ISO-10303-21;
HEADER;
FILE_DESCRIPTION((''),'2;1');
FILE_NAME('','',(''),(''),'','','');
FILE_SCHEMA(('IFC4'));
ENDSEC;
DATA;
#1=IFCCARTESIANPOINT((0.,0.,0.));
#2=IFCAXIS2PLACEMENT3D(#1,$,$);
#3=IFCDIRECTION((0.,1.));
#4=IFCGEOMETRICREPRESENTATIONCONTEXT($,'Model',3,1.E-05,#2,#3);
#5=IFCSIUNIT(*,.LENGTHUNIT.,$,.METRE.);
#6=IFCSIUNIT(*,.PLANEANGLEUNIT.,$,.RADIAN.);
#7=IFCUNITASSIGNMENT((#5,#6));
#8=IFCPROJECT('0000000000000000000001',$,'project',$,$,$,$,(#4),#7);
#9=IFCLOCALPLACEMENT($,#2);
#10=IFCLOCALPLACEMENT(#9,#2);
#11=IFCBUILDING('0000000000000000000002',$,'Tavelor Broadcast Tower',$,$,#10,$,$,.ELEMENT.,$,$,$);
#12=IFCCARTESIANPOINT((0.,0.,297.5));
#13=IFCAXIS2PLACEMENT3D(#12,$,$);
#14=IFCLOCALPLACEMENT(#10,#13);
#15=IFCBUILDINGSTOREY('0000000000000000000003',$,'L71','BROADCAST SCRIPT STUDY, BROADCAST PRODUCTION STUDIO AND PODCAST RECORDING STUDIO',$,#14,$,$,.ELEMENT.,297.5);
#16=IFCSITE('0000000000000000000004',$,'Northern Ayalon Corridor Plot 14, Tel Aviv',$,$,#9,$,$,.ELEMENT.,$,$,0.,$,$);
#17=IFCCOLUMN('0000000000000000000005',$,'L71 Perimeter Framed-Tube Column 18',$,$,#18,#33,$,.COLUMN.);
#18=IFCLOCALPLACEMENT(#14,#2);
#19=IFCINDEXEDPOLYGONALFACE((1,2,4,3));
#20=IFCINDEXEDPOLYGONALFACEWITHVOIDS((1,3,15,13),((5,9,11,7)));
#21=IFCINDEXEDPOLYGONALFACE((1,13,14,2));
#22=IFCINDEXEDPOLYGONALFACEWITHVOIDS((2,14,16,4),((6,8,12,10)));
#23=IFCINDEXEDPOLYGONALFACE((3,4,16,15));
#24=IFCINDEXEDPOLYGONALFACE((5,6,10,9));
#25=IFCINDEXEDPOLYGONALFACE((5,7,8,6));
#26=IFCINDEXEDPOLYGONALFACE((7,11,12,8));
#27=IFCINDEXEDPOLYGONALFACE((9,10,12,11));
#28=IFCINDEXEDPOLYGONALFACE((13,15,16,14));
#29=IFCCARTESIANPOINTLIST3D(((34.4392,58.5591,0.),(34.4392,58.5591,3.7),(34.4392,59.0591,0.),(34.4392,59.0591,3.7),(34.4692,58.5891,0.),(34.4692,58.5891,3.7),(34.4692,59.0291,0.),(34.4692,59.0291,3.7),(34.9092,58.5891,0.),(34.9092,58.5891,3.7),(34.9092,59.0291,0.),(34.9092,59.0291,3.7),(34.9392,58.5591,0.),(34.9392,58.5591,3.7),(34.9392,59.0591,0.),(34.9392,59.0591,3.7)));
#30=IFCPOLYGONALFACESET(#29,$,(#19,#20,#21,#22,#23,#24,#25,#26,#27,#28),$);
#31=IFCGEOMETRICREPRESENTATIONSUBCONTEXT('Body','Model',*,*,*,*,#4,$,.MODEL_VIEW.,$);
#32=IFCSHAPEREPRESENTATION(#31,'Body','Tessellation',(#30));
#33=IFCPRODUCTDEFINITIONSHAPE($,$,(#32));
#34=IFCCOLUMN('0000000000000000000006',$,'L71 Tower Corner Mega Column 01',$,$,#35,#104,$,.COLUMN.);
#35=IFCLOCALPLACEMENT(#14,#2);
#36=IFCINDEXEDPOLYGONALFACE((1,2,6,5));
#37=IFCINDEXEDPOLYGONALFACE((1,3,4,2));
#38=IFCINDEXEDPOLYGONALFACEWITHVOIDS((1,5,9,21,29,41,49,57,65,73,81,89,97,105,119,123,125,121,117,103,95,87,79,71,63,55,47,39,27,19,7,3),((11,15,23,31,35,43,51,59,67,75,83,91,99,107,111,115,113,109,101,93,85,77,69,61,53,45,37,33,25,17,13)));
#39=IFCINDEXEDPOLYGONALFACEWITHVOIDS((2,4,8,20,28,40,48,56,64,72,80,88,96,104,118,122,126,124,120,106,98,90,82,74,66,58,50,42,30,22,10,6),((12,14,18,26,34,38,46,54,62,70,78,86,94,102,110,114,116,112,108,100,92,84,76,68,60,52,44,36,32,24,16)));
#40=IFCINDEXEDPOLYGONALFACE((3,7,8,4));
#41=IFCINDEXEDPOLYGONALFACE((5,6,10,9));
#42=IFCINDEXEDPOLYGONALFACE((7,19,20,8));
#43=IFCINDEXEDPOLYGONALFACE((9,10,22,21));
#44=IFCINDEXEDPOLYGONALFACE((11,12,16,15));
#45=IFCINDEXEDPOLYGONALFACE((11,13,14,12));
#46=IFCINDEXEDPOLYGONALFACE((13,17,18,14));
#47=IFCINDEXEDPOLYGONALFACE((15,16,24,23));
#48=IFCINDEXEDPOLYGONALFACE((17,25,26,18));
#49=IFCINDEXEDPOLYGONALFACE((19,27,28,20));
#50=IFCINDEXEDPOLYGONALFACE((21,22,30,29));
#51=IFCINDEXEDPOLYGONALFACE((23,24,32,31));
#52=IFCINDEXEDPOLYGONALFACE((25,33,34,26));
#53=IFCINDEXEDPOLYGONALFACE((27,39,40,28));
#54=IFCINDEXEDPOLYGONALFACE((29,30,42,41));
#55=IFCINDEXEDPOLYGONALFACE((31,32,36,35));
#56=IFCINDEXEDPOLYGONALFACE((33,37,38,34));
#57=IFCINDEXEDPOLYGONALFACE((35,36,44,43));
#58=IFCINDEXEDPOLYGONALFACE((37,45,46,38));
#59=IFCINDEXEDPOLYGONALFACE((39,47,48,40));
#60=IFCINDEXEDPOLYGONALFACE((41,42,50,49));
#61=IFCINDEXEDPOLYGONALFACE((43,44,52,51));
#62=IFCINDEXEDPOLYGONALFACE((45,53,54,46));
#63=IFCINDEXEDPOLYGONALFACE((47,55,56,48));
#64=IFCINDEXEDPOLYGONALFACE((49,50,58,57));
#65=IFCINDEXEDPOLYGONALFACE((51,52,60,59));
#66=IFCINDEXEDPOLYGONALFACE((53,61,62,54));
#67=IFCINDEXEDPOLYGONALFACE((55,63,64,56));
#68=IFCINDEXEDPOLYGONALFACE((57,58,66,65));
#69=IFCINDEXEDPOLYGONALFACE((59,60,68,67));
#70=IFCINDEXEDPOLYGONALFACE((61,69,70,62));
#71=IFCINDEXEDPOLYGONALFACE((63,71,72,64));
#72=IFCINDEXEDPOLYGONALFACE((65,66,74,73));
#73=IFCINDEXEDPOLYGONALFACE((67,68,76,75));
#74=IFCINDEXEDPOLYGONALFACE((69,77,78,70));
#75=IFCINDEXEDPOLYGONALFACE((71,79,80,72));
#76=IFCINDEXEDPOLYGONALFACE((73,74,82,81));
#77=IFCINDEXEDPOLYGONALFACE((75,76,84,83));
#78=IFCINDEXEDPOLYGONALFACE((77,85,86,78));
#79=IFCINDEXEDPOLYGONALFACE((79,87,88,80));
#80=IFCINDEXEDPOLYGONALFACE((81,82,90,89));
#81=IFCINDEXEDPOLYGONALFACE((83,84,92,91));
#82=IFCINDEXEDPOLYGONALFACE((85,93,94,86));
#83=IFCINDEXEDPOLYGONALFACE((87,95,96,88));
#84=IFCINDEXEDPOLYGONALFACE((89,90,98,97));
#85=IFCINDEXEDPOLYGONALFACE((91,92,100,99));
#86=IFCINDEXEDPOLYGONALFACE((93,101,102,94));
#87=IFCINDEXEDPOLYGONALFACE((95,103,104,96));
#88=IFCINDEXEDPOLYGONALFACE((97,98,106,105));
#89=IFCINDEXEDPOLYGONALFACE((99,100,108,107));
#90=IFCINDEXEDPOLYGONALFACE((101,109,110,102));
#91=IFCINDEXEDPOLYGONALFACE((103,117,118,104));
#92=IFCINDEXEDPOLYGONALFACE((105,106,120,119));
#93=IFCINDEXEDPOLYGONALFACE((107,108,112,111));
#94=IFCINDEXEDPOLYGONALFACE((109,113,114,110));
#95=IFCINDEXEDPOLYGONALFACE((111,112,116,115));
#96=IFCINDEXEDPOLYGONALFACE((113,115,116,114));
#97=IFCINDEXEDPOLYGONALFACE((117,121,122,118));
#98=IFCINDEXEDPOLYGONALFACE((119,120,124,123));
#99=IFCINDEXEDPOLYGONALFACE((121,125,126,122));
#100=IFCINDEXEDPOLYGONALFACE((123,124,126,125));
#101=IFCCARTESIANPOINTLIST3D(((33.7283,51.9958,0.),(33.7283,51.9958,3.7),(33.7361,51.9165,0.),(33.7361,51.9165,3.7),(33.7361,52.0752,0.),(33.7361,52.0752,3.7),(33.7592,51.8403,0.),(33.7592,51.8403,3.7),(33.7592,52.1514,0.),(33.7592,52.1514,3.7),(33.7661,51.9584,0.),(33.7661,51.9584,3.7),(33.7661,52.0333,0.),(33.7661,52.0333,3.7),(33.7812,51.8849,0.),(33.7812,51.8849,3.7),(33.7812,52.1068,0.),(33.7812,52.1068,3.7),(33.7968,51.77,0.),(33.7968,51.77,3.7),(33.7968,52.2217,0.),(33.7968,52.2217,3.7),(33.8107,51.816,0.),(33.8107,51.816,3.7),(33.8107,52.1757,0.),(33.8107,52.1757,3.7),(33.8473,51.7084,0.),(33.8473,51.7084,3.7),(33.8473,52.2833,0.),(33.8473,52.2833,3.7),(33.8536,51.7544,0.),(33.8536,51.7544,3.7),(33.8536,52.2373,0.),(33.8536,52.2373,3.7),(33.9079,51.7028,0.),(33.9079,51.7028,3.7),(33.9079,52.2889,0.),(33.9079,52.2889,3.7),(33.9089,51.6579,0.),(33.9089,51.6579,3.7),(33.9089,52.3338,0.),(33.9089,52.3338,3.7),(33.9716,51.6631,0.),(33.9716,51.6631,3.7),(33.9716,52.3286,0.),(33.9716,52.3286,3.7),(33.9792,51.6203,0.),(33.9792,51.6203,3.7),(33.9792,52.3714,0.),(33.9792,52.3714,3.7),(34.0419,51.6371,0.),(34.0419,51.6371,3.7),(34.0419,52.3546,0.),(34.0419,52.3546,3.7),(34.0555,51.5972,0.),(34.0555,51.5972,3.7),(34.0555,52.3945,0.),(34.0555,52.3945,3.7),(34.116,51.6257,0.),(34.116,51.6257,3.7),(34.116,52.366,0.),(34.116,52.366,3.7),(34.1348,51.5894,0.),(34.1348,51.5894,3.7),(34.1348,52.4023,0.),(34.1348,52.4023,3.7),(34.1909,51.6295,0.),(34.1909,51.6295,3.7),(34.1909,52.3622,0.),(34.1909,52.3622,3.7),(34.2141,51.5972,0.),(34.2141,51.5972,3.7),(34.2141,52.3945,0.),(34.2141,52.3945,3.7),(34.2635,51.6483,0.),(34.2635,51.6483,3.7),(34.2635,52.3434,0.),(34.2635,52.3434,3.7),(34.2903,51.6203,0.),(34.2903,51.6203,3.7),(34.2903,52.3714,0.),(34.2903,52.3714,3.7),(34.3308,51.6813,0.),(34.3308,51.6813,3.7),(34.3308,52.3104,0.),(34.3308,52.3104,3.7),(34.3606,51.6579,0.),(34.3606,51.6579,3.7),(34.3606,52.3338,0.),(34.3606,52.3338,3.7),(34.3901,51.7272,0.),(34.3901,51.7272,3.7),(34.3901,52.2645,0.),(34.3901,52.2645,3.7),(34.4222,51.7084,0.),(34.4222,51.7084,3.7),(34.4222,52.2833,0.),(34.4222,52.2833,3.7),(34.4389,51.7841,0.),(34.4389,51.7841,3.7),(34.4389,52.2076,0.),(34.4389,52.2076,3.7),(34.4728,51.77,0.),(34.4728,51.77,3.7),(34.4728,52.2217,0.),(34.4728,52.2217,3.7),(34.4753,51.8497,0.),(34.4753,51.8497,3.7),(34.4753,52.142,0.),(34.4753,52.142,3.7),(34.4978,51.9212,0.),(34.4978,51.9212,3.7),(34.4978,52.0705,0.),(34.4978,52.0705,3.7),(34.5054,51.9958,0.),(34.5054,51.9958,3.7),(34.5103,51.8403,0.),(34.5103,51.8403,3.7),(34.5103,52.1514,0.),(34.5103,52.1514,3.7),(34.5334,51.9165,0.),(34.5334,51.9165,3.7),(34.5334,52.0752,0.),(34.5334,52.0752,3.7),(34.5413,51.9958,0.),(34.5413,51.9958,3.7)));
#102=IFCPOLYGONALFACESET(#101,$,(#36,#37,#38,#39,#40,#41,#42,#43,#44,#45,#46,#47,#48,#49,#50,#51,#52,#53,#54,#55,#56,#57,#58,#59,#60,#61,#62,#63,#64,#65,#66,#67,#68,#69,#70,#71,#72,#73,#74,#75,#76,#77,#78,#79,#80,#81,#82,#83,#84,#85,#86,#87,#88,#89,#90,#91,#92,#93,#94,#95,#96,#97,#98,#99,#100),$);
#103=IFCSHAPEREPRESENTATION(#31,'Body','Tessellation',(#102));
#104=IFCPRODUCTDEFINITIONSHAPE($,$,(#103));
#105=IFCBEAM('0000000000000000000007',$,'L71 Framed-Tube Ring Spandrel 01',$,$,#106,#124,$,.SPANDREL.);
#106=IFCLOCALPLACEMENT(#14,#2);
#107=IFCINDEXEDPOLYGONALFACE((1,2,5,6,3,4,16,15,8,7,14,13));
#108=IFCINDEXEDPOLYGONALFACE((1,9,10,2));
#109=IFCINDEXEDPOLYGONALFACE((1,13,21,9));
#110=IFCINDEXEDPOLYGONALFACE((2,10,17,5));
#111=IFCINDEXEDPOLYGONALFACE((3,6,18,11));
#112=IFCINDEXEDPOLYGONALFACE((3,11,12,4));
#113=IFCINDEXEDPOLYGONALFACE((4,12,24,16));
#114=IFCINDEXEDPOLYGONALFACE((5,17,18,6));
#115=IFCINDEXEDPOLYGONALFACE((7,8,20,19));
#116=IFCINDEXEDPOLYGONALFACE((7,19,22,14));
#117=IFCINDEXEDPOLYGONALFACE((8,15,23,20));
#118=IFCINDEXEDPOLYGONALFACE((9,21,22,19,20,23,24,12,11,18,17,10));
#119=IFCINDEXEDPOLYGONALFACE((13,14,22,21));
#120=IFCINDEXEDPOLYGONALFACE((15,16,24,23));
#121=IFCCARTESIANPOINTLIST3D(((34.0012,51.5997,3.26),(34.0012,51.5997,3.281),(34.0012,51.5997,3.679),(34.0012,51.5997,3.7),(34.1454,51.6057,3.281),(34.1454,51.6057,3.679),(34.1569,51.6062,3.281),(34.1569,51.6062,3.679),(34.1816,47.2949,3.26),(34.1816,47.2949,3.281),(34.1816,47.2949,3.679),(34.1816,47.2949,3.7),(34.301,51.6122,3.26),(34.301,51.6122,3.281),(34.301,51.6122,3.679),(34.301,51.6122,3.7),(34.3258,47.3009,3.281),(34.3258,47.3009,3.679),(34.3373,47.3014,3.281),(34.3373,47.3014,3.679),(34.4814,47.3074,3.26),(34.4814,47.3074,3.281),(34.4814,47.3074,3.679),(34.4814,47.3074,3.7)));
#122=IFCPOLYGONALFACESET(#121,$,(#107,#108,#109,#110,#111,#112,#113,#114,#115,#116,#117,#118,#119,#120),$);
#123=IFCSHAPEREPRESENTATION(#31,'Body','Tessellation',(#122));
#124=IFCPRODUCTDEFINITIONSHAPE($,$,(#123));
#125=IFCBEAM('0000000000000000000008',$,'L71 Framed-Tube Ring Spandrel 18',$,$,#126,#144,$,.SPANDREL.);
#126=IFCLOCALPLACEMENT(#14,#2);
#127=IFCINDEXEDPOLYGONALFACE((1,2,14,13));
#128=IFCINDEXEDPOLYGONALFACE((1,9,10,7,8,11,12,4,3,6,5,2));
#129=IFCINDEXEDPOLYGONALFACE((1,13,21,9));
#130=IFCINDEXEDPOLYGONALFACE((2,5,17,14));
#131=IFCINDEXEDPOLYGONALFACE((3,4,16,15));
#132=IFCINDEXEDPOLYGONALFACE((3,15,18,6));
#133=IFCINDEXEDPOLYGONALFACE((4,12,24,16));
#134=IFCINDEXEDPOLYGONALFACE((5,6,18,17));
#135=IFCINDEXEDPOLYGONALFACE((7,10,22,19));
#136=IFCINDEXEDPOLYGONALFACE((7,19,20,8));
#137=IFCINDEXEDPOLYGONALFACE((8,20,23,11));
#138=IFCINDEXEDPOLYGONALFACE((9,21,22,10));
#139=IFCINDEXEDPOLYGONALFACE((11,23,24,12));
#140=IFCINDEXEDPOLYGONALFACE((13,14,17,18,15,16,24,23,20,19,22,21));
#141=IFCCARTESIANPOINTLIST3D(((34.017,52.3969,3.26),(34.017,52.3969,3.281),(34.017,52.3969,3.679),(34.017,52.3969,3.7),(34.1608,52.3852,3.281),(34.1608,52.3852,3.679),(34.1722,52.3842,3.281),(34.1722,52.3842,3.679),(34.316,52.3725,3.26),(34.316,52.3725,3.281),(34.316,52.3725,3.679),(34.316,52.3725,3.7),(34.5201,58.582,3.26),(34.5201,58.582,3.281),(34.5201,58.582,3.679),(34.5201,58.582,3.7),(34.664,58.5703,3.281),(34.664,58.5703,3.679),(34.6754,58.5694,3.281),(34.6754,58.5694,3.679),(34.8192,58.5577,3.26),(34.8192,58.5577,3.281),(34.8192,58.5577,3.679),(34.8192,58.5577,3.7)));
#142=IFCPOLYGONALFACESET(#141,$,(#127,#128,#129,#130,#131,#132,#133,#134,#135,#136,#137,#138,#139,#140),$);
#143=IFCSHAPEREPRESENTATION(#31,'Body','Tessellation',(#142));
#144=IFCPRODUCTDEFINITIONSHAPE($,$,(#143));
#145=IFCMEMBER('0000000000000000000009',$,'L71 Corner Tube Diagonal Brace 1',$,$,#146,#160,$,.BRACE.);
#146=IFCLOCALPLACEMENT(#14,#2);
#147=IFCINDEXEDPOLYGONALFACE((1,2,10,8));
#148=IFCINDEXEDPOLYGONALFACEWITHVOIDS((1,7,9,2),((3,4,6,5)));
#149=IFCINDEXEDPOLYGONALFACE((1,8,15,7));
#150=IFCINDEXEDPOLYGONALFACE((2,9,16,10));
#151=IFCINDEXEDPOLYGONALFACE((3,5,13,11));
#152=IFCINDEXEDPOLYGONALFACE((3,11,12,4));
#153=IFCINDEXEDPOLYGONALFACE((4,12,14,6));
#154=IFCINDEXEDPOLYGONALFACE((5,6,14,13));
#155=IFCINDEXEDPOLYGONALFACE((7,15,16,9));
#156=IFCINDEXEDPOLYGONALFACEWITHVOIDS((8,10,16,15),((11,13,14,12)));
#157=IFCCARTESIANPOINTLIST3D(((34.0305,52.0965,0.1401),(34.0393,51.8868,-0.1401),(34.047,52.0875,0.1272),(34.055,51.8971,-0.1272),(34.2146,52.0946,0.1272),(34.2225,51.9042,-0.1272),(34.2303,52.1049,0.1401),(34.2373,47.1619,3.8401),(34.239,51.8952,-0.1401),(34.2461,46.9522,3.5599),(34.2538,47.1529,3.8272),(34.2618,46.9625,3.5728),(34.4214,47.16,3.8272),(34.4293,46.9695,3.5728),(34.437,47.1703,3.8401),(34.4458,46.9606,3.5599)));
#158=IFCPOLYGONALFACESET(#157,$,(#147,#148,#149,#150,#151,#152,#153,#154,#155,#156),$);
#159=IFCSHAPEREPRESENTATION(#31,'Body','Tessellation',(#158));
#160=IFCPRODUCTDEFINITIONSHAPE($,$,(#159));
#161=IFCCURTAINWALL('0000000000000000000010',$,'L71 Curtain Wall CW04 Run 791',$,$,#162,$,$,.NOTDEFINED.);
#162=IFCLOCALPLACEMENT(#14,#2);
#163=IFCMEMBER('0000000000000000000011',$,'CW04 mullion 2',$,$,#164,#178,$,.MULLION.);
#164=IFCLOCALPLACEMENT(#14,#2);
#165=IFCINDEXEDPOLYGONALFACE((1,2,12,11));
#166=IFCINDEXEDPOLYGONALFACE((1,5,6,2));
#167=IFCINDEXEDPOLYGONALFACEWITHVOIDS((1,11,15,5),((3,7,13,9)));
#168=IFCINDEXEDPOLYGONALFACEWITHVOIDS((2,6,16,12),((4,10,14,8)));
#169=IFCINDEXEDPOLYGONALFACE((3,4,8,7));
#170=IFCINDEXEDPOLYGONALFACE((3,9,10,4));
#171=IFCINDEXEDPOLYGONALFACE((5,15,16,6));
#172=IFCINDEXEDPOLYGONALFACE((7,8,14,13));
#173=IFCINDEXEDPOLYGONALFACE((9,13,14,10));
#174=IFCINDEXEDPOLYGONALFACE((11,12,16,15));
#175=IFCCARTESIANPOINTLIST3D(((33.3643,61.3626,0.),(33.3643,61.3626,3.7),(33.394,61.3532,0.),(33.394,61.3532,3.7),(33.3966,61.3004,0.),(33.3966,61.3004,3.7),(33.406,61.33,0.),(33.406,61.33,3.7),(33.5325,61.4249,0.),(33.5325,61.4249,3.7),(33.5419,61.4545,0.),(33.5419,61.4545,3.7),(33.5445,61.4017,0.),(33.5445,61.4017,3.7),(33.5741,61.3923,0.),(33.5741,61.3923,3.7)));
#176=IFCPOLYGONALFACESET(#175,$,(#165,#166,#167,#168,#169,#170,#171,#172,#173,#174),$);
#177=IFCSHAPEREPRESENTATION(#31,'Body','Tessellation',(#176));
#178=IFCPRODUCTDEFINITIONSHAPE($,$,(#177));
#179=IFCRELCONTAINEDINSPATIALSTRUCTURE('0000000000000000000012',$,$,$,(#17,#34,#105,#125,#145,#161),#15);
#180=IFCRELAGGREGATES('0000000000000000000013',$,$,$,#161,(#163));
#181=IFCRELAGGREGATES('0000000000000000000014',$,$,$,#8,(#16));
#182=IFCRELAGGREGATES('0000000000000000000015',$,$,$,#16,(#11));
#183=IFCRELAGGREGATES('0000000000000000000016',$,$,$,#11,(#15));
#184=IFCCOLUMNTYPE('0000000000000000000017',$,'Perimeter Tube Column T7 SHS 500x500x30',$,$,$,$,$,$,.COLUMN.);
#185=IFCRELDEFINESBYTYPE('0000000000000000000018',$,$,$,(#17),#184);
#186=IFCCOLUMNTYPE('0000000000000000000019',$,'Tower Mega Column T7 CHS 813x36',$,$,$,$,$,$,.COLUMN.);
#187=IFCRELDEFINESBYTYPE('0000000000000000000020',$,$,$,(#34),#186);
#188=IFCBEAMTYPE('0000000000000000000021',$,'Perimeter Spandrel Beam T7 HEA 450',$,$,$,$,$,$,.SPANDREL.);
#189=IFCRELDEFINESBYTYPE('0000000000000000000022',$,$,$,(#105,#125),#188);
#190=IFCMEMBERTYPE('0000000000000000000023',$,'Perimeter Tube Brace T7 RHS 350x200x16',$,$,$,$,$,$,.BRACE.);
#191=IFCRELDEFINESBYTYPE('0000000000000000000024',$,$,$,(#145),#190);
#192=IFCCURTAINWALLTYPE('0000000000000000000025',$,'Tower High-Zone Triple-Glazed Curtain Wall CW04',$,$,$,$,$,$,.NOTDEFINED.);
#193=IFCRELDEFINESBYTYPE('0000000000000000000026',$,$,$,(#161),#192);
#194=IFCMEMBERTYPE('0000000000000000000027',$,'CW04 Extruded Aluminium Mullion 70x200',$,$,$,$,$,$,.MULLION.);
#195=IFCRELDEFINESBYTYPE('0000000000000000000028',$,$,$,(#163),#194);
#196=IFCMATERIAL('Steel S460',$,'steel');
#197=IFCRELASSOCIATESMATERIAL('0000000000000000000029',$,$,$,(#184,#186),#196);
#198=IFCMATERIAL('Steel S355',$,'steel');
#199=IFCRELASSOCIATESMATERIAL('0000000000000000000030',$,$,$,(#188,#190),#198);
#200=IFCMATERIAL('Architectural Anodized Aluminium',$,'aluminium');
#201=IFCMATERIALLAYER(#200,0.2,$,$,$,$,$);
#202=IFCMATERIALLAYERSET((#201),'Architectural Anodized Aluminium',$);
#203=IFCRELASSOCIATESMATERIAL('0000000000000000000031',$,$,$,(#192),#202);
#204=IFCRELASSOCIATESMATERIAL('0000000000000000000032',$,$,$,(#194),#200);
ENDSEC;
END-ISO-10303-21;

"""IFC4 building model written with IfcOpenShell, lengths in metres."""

from ifc_helpers import new_model, si_unit, direction, frame, origin, origin_2d, place, context, subcontext, project, spatial, hollow_rectangle, hollow_circle, i_section, extrude, source, transform, mapped, material, layer, layer_set, material_profile, profile_set, type_object, type_shapes, element, aggregate, save


model = new_model("IFC4")

# Units and contexts
model_context = context("Model", 3, precision=1e-05, world=origin(), true_north=direction((0.0, 1.0)))
body_context = subcontext(model_context, "Body", "Model", "MODEL_VIEW")
ifc_project = project(units=[si_unit("LENGTHUNIT", "METRE"), si_unit("PLANEANGLEUNIT", "RADIAN")], contexts=[model_context])

# Site, building, storey
site_placement = place(None, origin())
site = spatial("IfcSite", under=ifc_project, at=site_placement, Name="Northern Ayalon Corridor Plot 14, Tel Aviv", CompositionType="ELEMENT", RefElevation=0.0)
building_placement = place(site_placement, origin())
building = spatial("IfcBuilding", under=site, at=building_placement, Name="Tavelor Broadcast Tower", CompositionType="ELEMENT")
storey_placement = place(building_placement, frame((0.0, 0.0, 297.5)))
storey = spatial("IfcBuildingStorey", under=building, at=storey_placement, Name="L71", Description="BROADCAST SCRIPT STUDY, BROADCAST PRODUCTION STUDIO AND PODCAST RECORDING STUDIO", CompositionType="ELEMENT", Elevation=297.5)

# Columns
ifc_material_1 = material(Name="Steel S460", Category="steel")
ifc_material_profile_1 = material_profile(ifc_material_1, hollow_rectangle(XDim=0.5, YDim=0.5, WallThickness=0.03, at=origin_2d()), Name="SHS 500x500x30")
ifc_profile_set_1 = profile_set([ifc_material_profile_1], Name="Steel S460")
column_type_1 = type_object("IfcColumnType", Name="Perimeter Tube Column T7 SHS 500x500x30", PredefinedType="COLUMN", material=ifc_profile_set_1)
column_1_placement = place(storey_placement, frame((34.6892, 58.8091, 0.0), z_axis=(0.0, 0.0, 1.0), x_axis=(1.0, 0.0, 0.0)))
element("IfcColumn", 1, at=column_1_placement, inside=storey, type_object=column_type_1, Name="L71 Perimeter Framed-Tube Column 18", PredefinedType="COLUMN", context=body_context, shape_type="SweptSolid", body=[
    extrude(hollow_rectangle(XDim=0.5, YDim=0.5, WallThickness=0.03, at=origin_2d()), origin(), (0.0, 0.0, 1.0), 3.7),
])
ifc_material_profile_2 = material_profile(ifc_material_1, hollow_circle(Radius=0.4065, WallThickness=0.0359, at=origin_2d()), Name="CHS 813x36")
ifc_profile_set_2 = profile_set([ifc_material_profile_2], Name="Steel S460")
column_type_2 = type_object("IfcColumnType", Name="Tower Mega Column T7 CHS 813x36", PredefinedType="COLUMN", material=ifc_profile_set_2)
column_2_placement = place(storey_placement, frame((34.1348, 51.9958, 0.0), z_axis=(0.0, 0.0, 1.0), x_axis=(1.0, 0.0, 0.0)))
element("IfcColumn", 2, at=column_2_placement, inside=storey, type_object=column_type_2, Name="L71 Tower Corner Mega Column 01", PredefinedType="COLUMN", context=body_context, shape_type="SweptSolid", body=[
    extrude(hollow_circle(Radius=0.4065, WallThickness=0.0359, at=origin_2d()), origin(), (0.0, 0.0, 1.0), 3.7),
])

# Beams
ifc_material_2 = material(Name="Steel S355", Category="steel")
ifc_material_profile_3 = material_profile(ifc_material_2, i_section(OverallWidth=0.3, OverallDepth=0.4399, WebThickness=0.0115, FlangeThickness=0.021, at=origin_2d()), Name="HEA 450")
ifc_profile_set_3 = profile_set([ifc_material_profile_3], Name="Steel S355")
beam_type = type_object("IfcBeamType", Name="Perimeter Spandrel Beam T7 HEA 450", PredefinedType="SPANDREL", material=ifc_profile_set_3)
beam_1_placement = place(storey_placement, frame((34.1511, 51.606, 3.48), z_axis=(0.041873, -0.999123, 0.0), x_axis=(0.999123, 0.041873, 0.0)))
element("IfcBeam", 3, at=beam_1_placement, inside=storey, type_object=beam_type, Name="L71 Framed-Tube Ring Spandrel 01", PredefinedType="SPANDREL", context=body_context, shape_type="SweptSolid", body=[
    extrude(i_section(OverallWidth=0.3, OverallDepth=0.4399, WebThickness=0.0115, FlangeThickness=0.021, at=origin_2d()), origin(), (0.0, 0.0, 1.0), 4.3086),
])
beam_2_placement = place(storey_placement, frame((34.6697, 58.5698, 3.48), z_axis=(-0.081085, -0.996707, 0.0), x_axis=(0.996707, -0.081085, 0.0)))
element("IfcBeam", 4, at=beam_2_placement, inside=storey, type_object=beam_type, Name="L71 Framed-Tube Ring Spandrel 18", PredefinedType="SPANDREL", context=body_context, shape_type="SweptSolid", body=[
    extrude(i_section(OverallWidth=0.3, OverallDepth=0.4399, WebThickness=0.0115, FlangeThickness=0.021, at=origin_2d()), origin(), (0.0, 0.0, 1.0), 6.2056),
])

# Member
ifc_material_profile_4 = material_profile(ifc_material_2, hollow_rectangle(XDim=0.2, YDim=0.3501, WallThickness=0.0161, at=origin_2d()), Name="RHS 350x200x16")
ifc_profile_set_4 = profile_set([ifc_material_profile_4], Name="Steel S355")
member_type_1 = type_object("IfcMemberType", Name="Perimeter Tube Brace T7 RHS 350x200x16", PredefinedType="BRACE", material=ifc_profile_set_4)
member_1_placement = place(storey_placement, frame((34.1348, 51.9958, 0.0), z_axis=(0.033509, -0.799627, 0.599562), x_axis=(0.999123, 0.041869, 0.0)))
element("IfcMember", 5, at=member_1_placement, inside=storey, type_object=member_type_1, Name="L71 Corner Tube Diagonal Brace 1", PredefinedType="BRACE", context=body_context, shape_type="SweptSolid", body=[
    extrude(hollow_rectangle(XDim=0.2, YDim=0.3501, WallThickness=0.0161, at=origin_2d()), origin(), (0.0, 0.0, 1.0), 6.1711),
])

# Curtain wall, member
ifc_material_3 = material(Name="Architectural Anodized Aluminium", Category="aluminium")
ifc_layer_1 = layer(ifc_material_3, 0.2)
ifc_layer_set_1 = layer_set([ifc_layer_1], Name="Architectural Anodized Aluminium")
curtain_wall_type = type_object("IfcCurtainWallType", Name="Tower High-Zone Triple-Glazed Curtain Wall CW04", PredefinedType="NOTDEFINED", material=ifc_layer_set_1)
curtain_wall_1_placement = place(storey_placement, origin())
curtain_wall_1 = element("IfcCurtainWall", 6, at=curtain_wall_1_placement, inside=storey, type_object=curtain_wall_type, Name="L71 Curtain Wall CW04 Run 791", PredefinedType="NOTDEFINED")
ifc_material_profile_5 = material_profile(ifc_material_3, hollow_rectangle(XDim=0.0701, YDim=0.2, WallThickness=0.022, at=origin_2d()), Name="RHS 70x200x22")
ifc_profile_set_5 = profile_set([ifc_material_profile_5], Name="Architectural Anodized Aluminium")
member_type_2 = type_object("IfcMemberType", Name="CW04 Extruded Aluminium Mullion 70x200", PredefinedType="MULLION", material=ifc_profile_set_5)
shared_shape_1 = source(origin(), body_context, "Body", "SweptSolid", [
    extrude(hollow_rectangle(XDim=0.0701, YDim=0.2, WallThickness=0.022, at=origin_2d()), origin(), (0.0, 0.0, 1.0), 3.7),
])
type_shapes(member_type_2, [shared_shape_1])
member_2_placement = place(storey_placement, frame((33.4692, 61.3774, 0.0), z_axis=(0.0, 0.0, 1.0), x_axis=(0.459635, -0.888108, 0.0)))
member_2 = element("IfcMember", 7, at=member_2_placement, type_object=member_type_2, Name="CW04 mullion 2", PredefinedType="MULLION", context=body_context, shape_type="MappedRepresentation", body=[
    mapped(shared_shape_1, transform((0.0, 0.0, 0.0), scale=1.0)),
])
aggregate(curtain_wall_1, [member_2])

save(model, "model.ifc")
